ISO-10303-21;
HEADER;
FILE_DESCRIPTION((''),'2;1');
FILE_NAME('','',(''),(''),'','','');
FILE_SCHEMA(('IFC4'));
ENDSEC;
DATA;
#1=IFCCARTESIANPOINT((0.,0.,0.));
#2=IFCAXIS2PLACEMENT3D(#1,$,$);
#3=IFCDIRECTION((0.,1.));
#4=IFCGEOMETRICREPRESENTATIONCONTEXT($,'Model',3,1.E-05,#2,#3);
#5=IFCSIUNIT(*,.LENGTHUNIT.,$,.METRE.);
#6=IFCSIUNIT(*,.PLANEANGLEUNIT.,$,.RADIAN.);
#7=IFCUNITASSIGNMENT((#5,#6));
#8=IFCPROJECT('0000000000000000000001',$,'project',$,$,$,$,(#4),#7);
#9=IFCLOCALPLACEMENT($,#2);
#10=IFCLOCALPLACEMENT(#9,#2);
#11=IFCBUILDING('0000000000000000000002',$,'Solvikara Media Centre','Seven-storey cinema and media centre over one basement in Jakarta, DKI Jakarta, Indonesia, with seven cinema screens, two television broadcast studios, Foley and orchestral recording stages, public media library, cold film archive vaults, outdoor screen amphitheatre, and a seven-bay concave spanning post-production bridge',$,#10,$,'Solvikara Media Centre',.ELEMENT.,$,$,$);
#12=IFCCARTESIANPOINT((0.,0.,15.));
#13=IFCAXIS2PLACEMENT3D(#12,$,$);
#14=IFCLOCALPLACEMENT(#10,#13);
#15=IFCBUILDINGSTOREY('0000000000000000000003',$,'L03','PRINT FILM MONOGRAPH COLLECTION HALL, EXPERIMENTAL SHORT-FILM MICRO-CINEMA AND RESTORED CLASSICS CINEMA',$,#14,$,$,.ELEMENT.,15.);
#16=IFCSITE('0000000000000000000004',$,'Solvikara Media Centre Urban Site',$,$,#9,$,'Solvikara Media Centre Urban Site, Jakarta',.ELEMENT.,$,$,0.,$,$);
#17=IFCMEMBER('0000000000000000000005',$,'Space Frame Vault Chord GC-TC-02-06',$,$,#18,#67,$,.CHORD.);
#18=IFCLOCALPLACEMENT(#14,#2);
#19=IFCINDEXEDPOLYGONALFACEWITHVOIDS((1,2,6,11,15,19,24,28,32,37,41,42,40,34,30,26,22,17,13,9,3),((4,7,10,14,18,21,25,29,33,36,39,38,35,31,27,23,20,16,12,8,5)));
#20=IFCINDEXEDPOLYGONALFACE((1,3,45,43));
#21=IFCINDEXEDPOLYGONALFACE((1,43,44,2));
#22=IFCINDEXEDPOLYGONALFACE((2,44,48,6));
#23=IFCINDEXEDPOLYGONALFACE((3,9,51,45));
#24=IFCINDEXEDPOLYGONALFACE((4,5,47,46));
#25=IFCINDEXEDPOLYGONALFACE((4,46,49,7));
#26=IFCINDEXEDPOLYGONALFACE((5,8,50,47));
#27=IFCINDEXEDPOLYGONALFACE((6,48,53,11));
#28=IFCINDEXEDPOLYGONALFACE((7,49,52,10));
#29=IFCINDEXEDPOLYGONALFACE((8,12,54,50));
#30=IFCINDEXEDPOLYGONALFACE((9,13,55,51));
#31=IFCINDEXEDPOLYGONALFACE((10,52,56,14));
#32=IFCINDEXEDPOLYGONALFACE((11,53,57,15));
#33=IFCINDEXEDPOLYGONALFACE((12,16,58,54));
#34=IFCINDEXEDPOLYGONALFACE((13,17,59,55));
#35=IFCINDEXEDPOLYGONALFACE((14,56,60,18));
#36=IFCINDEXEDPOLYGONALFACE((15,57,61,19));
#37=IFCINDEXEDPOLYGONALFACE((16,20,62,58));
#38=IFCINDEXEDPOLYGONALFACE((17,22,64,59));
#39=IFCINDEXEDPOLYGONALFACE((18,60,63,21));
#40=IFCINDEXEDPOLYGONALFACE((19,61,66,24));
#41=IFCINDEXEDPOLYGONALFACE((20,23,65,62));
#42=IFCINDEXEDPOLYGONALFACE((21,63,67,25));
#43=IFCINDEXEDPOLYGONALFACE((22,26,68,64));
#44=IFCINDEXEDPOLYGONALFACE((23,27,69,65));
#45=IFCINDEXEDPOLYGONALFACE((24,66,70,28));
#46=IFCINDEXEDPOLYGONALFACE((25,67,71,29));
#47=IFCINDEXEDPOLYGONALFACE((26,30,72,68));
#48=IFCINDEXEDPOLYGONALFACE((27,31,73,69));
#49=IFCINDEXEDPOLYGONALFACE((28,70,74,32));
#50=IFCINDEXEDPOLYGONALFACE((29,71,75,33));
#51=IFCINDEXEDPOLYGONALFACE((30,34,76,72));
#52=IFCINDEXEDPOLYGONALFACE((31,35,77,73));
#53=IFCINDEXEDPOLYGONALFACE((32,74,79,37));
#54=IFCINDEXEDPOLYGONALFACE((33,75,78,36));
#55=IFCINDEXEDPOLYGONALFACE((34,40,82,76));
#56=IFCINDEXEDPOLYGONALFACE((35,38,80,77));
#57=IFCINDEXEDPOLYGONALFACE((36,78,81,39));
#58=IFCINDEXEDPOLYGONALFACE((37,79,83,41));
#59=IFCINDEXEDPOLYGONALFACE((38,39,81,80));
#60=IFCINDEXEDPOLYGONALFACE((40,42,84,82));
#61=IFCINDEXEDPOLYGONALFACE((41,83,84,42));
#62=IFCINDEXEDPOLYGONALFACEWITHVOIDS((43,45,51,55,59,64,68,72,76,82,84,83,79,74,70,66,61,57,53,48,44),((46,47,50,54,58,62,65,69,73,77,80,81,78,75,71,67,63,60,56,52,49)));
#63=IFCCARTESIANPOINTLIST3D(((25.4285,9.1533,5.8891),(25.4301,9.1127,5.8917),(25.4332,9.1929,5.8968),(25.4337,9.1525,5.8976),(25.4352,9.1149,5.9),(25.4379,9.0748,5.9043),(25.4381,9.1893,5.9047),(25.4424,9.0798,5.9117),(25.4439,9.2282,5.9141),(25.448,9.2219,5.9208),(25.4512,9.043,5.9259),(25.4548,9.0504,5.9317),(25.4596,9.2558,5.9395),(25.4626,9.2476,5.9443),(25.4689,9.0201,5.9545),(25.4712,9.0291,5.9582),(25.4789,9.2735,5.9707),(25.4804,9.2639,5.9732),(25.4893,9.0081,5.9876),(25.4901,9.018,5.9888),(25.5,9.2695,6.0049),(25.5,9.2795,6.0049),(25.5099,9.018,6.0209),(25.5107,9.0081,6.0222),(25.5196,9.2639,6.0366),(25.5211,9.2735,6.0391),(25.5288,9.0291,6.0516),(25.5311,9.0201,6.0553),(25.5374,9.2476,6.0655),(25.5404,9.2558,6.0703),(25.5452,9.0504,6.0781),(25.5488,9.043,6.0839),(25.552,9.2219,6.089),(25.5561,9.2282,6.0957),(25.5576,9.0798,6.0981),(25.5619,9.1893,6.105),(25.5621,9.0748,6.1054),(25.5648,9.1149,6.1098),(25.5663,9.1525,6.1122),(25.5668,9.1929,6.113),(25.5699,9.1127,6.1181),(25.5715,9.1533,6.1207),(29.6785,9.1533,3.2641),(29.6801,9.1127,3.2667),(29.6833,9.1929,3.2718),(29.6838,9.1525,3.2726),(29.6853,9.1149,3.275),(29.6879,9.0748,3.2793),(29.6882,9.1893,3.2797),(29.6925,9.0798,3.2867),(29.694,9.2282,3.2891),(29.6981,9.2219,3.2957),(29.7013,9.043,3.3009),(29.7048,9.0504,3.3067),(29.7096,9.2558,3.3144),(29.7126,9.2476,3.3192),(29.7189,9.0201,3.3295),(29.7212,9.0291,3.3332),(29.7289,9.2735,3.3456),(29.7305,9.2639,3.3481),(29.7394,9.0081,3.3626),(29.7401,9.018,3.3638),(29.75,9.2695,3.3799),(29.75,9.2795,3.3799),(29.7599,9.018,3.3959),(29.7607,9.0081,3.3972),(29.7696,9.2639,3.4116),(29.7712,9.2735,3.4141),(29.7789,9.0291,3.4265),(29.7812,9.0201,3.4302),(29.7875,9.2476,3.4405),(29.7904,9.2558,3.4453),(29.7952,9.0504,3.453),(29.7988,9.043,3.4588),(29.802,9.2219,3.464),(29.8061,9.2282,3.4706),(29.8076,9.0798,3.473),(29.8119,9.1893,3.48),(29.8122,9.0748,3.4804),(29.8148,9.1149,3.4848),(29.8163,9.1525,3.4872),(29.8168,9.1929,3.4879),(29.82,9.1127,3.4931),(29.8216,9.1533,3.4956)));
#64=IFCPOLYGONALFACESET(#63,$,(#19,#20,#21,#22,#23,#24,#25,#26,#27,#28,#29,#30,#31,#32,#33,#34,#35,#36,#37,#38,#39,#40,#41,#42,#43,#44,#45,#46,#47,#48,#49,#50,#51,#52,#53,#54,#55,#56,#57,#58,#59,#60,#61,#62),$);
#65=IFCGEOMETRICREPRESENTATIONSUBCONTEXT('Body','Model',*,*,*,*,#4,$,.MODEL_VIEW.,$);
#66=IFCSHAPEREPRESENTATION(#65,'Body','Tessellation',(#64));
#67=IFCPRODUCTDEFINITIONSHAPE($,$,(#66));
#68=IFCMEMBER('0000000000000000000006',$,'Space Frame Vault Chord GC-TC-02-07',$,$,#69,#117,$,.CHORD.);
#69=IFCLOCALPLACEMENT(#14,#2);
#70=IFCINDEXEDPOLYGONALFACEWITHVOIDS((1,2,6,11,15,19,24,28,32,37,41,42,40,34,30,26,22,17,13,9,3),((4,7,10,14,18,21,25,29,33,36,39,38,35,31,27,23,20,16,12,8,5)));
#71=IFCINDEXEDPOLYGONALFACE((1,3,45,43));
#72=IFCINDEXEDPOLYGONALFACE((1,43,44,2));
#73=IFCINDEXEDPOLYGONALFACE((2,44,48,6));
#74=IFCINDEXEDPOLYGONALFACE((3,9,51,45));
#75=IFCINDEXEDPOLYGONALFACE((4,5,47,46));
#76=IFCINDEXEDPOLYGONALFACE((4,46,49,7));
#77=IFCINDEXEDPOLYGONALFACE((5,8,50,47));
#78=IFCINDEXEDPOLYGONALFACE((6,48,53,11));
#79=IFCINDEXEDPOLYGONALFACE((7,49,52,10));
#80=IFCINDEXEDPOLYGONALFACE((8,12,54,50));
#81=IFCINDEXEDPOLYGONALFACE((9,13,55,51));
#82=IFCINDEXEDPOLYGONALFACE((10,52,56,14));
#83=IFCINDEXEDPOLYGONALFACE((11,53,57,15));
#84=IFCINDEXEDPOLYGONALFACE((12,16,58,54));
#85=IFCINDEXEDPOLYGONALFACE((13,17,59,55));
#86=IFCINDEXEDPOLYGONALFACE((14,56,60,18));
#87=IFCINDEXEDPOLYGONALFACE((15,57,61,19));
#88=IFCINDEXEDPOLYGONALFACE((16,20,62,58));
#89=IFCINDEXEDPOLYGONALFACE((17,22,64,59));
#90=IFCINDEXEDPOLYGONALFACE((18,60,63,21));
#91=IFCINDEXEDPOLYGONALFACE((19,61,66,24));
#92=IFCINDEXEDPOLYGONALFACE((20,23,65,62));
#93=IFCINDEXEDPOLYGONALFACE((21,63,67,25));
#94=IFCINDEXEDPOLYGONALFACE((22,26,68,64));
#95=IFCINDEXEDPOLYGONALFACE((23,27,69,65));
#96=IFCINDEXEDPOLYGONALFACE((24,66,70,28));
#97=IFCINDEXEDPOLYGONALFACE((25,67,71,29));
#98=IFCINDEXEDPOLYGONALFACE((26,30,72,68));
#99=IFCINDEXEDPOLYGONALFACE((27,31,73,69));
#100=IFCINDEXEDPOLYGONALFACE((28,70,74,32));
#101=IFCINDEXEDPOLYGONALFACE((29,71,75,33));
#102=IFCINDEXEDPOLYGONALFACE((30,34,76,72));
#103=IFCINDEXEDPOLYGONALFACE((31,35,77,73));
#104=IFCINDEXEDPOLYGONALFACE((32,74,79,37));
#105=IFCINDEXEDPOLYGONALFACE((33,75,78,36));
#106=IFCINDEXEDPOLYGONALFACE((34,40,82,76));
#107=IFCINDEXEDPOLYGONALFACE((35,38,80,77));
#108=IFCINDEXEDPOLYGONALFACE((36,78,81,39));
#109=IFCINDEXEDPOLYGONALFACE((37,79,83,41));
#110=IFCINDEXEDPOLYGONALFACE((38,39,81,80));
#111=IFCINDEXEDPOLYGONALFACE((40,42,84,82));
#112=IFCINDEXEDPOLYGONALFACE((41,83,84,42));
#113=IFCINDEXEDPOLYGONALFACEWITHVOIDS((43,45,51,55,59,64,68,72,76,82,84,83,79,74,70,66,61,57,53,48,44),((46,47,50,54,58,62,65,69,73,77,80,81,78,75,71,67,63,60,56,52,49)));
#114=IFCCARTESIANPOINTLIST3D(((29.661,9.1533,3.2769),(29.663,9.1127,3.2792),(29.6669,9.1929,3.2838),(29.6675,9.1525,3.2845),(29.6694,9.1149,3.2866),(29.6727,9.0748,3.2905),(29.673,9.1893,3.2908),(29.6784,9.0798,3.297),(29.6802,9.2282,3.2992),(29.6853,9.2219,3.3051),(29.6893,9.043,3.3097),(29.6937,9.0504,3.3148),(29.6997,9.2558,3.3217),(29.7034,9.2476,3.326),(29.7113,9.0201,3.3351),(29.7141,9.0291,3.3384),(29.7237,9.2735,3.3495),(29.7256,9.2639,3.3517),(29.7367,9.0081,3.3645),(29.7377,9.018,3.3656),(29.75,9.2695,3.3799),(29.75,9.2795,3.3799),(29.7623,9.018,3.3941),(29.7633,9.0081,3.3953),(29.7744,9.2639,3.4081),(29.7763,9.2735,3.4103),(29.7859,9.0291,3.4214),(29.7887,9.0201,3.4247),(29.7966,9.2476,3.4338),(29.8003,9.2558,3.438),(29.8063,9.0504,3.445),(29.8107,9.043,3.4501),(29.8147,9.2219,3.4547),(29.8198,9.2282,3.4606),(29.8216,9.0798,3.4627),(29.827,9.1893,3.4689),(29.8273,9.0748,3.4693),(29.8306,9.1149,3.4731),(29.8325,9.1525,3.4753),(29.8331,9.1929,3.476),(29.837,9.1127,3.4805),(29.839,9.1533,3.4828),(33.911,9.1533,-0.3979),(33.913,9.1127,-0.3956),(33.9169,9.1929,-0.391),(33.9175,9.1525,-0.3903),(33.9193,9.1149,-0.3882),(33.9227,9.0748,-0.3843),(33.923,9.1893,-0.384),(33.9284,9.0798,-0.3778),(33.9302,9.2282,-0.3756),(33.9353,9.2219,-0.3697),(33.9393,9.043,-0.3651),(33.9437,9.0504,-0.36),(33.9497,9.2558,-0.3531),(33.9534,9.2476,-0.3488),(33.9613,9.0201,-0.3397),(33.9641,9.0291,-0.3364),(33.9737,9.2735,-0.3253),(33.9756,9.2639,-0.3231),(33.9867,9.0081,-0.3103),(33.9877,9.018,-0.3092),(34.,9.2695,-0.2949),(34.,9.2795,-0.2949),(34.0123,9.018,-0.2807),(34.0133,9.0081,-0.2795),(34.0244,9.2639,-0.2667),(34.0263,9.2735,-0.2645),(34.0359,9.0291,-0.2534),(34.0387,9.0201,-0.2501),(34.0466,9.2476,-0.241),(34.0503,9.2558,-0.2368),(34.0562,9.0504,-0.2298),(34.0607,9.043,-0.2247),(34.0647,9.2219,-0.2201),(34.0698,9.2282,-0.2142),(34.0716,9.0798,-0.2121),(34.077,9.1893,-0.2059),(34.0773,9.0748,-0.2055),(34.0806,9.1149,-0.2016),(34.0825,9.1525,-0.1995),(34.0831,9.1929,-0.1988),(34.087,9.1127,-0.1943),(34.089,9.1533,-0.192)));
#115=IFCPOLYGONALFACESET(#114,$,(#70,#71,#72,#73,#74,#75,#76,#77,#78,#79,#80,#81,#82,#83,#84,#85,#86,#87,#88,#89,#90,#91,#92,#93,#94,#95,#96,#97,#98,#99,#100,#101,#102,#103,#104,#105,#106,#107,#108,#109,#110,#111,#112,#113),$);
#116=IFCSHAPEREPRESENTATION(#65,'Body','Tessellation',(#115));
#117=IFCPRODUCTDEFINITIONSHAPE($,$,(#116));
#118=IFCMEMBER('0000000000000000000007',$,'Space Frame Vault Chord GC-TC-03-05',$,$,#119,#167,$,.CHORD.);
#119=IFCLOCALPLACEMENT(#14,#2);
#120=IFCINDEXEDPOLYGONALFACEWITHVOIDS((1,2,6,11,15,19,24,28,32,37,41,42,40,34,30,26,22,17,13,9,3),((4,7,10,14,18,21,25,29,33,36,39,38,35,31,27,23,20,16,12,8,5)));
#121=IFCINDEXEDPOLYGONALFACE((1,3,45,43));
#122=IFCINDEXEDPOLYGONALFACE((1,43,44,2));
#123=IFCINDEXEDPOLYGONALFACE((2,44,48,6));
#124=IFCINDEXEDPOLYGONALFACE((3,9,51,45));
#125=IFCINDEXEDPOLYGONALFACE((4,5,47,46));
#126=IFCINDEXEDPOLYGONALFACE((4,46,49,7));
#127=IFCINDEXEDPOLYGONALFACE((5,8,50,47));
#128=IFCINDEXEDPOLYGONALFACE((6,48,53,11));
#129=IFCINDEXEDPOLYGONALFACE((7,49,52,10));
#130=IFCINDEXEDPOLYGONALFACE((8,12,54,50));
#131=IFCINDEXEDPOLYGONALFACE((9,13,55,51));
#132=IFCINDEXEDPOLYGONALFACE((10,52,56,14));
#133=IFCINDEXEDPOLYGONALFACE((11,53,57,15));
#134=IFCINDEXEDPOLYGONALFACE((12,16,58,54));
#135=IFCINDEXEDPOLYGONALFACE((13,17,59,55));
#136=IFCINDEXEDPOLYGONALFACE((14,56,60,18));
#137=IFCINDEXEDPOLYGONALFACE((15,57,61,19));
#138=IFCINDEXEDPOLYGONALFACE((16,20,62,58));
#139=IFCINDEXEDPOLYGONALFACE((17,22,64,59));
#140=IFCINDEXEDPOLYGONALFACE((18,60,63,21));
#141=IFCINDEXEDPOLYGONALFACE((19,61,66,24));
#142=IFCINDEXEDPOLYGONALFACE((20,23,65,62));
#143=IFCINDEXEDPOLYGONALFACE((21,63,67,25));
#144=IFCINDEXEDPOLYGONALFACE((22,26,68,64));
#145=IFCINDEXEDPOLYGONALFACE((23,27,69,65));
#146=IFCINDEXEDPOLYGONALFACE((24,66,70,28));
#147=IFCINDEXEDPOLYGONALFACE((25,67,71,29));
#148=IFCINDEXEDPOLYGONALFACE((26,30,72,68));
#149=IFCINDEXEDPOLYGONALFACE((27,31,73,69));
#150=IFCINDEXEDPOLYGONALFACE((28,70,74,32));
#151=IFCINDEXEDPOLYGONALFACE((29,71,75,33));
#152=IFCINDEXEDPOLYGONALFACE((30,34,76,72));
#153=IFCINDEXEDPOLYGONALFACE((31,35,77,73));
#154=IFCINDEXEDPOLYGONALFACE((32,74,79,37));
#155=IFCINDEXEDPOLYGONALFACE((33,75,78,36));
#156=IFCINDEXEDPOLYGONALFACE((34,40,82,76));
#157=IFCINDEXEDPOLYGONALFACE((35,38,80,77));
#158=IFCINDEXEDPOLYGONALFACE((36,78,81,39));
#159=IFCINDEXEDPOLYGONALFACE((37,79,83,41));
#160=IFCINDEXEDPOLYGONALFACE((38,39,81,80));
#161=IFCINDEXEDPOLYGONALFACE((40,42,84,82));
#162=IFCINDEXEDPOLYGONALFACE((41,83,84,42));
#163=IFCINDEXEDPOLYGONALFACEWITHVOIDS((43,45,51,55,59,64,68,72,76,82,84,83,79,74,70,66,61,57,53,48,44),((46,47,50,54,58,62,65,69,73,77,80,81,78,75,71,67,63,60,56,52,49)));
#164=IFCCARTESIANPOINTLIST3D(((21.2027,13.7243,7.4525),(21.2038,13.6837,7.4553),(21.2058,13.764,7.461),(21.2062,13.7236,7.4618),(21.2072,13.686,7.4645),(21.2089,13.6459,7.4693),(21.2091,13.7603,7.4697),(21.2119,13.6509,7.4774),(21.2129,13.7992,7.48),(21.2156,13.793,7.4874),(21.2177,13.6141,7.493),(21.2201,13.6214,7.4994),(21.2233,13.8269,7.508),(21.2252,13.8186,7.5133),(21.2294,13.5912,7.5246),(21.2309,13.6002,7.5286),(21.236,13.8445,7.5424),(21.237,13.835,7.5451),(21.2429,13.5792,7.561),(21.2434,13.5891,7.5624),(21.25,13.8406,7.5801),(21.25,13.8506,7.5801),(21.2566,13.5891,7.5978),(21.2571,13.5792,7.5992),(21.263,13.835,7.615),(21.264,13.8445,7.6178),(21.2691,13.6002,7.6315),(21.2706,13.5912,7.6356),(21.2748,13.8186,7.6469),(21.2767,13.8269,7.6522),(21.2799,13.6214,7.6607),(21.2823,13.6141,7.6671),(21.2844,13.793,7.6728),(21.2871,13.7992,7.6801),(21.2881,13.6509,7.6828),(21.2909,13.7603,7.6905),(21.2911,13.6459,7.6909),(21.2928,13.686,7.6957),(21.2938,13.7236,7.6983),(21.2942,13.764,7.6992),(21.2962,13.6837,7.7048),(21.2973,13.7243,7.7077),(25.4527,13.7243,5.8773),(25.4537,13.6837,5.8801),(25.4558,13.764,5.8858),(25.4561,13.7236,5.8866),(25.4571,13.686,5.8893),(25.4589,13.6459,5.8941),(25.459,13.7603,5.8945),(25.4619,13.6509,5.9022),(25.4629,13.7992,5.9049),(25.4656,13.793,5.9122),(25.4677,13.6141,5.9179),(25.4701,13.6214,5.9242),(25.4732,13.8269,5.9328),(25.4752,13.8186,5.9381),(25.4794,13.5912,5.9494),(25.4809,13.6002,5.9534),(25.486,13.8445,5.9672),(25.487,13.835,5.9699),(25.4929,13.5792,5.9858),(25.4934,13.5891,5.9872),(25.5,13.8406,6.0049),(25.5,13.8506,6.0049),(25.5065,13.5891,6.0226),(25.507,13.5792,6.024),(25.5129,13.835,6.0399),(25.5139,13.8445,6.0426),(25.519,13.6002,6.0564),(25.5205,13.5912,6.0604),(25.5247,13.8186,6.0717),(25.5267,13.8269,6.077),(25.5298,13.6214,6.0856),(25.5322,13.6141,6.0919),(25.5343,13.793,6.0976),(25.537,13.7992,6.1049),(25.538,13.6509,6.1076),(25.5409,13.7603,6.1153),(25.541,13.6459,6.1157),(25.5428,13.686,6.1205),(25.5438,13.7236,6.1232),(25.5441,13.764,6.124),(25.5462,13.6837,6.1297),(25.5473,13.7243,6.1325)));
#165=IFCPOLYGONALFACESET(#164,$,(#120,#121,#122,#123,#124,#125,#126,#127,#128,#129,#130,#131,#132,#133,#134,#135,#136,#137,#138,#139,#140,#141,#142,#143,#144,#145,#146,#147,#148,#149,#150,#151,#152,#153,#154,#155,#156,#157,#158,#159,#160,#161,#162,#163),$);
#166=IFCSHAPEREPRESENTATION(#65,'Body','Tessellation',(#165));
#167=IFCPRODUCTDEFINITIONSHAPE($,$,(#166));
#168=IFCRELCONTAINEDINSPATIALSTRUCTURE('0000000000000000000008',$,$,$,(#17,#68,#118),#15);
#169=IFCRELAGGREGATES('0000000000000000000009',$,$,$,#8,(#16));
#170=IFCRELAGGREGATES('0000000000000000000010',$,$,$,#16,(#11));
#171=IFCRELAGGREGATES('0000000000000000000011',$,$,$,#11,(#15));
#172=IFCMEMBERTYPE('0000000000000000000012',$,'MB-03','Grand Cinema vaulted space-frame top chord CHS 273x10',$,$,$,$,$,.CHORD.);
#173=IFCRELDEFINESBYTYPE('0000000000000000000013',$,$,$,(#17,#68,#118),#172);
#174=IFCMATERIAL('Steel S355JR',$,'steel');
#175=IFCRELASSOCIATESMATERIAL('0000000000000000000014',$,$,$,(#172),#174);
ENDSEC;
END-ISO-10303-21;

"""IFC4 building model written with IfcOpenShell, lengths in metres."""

from ifc_helpers import new_model, si_unit, direction, frame, origin, origin_2d, place, context, subcontext, project, spatial, hollow_circle, extrude, material, material_profile, profile_set, type_object, element, save


model = new_model("IFC4")

# Units and contexts
model_context = context("Model", 3, precision=1e-05, world=origin(), true_north=direction((0.0, 1.0)))
body_context = subcontext(model_context, "Body", "Model", "MODEL_VIEW")
ifc_project = project(units=[si_unit("LENGTHUNIT", "METRE"), si_unit("PLANEANGLEUNIT", "RADIAN")], contexts=[model_context])

# Site, building, storey
site_placement = place(None, origin())
site = spatial("IfcSite", under=ifc_project, at=site_placement, Name="Solvikara Media Centre Urban Site", LongName="Solvikara Media Centre Urban Site, Jakarta", CompositionType="ELEMENT", RefElevation=0.0)
building_placement = place(site_placement, origin())
building = spatial("IfcBuilding", under=site, at=building_placement, Name="Solvikara Media Centre", Description="Seven-storey cinema and media centre over one basement in Jakarta, DKI Jakarta, Indonesia, with seven cinema screens, two television broadcast studios, Foley and orchestral recording stages, public media library, cold film archive vaults, outdoor screen amphitheatre, and a seven-bay concave spanning post-production bridge", LongName="Solvikara Media Centre", CompositionType="ELEMENT")
storey_placement = place(building_placement, frame((0.0, 0.0, 15.0)))
storey = spatial("IfcBuildingStorey", under=building, at=storey_placement, Name="L03", Description="PRINT FILM MONOGRAPH COLLECTION HALL, EXPERIMENTAL SHORT-FILM MICRO-CINEMA AND RESTORED CLASSICS CINEMA", CompositionType="ELEMENT", Elevation=15.0)

# Members
ifc_material_1 = material(Name="Steel S355JR", Category="steel")
ifc_material_profile_1 = material_profile(ifc_material_1, hollow_circle(Radius=0.1365, WallThickness=0.01, at=origin_2d()), Name="CHS 273x10")
ifc_profile_set_1 = profile_set([ifc_material_profile_1], Name="Steel S355JR")
member_type_1 = type_object("IfcMemberType", Name="MB-03", Description="Grand Cinema vaulted space-frame top chord CHS 273x10", PredefinedType="CHORD", material=ifc_profile_set_1)
member_1_placement = place(storey_placement, frame((25.5, 9.1431, 6.0049), z_axis=(0.850798, 0.0, -0.525493), x_axis=(0.0, 1.0, 0.0)))
element("IfcMember", 1, at=member_1_placement, inside=storey, type_object=member_type_1, Name="Space Frame Vault Chord GC-TC-02-06", PredefinedType="CHORD", context=body_context, shape_type="SweptSolid", body=[
    extrude(hollow_circle(Radius=0.1365, WallThickness=0.01, at=origin_2d()), origin(), (0.0, 0.0, 1.0), 4.9954),
])
member_2_placement = place(storey_placement, frame((29.75, 9.1431, 3.3799), z_axis=(0.75644, 0.0, -0.654063), x_axis=(0.0, 1.0, 0.0)))
element("IfcMember", 2, at=member_2_placement, inside=storey, type_object=member_type_1, Name="Space Frame Vault Chord GC-TC-02-07", PredefinedType="CHORD", context=body_context, shape_type="SweptSolid", body=[
    extrude(hollow_circle(Radius=0.1365, WallThickness=0.01, at=origin_2d()), origin(), (0.0, 0.0, 1.0), 5.6184),
])
member_3_placement = place(storey_placement, frame((21.25, 13.7141, 7.5801), z_axis=(0.937668, 0.0, -0.347532), x_axis=(0.0, 1.0, 0.0)))
element("IfcMember", 3, at=member_3_placement, inside=storey, type_object=member_type_1, Name="Space Frame Vault Chord GC-TC-03-05", PredefinedType="CHORD", context=body_context, shape_type="SweptSolid", body=[
    extrude(hollow_circle(Radius=0.1365, WallThickness=0.01, at=origin_2d()), origin(), (0.0, 0.0, 1.0), 4.5325),
])

save(model, "model.ifc")
